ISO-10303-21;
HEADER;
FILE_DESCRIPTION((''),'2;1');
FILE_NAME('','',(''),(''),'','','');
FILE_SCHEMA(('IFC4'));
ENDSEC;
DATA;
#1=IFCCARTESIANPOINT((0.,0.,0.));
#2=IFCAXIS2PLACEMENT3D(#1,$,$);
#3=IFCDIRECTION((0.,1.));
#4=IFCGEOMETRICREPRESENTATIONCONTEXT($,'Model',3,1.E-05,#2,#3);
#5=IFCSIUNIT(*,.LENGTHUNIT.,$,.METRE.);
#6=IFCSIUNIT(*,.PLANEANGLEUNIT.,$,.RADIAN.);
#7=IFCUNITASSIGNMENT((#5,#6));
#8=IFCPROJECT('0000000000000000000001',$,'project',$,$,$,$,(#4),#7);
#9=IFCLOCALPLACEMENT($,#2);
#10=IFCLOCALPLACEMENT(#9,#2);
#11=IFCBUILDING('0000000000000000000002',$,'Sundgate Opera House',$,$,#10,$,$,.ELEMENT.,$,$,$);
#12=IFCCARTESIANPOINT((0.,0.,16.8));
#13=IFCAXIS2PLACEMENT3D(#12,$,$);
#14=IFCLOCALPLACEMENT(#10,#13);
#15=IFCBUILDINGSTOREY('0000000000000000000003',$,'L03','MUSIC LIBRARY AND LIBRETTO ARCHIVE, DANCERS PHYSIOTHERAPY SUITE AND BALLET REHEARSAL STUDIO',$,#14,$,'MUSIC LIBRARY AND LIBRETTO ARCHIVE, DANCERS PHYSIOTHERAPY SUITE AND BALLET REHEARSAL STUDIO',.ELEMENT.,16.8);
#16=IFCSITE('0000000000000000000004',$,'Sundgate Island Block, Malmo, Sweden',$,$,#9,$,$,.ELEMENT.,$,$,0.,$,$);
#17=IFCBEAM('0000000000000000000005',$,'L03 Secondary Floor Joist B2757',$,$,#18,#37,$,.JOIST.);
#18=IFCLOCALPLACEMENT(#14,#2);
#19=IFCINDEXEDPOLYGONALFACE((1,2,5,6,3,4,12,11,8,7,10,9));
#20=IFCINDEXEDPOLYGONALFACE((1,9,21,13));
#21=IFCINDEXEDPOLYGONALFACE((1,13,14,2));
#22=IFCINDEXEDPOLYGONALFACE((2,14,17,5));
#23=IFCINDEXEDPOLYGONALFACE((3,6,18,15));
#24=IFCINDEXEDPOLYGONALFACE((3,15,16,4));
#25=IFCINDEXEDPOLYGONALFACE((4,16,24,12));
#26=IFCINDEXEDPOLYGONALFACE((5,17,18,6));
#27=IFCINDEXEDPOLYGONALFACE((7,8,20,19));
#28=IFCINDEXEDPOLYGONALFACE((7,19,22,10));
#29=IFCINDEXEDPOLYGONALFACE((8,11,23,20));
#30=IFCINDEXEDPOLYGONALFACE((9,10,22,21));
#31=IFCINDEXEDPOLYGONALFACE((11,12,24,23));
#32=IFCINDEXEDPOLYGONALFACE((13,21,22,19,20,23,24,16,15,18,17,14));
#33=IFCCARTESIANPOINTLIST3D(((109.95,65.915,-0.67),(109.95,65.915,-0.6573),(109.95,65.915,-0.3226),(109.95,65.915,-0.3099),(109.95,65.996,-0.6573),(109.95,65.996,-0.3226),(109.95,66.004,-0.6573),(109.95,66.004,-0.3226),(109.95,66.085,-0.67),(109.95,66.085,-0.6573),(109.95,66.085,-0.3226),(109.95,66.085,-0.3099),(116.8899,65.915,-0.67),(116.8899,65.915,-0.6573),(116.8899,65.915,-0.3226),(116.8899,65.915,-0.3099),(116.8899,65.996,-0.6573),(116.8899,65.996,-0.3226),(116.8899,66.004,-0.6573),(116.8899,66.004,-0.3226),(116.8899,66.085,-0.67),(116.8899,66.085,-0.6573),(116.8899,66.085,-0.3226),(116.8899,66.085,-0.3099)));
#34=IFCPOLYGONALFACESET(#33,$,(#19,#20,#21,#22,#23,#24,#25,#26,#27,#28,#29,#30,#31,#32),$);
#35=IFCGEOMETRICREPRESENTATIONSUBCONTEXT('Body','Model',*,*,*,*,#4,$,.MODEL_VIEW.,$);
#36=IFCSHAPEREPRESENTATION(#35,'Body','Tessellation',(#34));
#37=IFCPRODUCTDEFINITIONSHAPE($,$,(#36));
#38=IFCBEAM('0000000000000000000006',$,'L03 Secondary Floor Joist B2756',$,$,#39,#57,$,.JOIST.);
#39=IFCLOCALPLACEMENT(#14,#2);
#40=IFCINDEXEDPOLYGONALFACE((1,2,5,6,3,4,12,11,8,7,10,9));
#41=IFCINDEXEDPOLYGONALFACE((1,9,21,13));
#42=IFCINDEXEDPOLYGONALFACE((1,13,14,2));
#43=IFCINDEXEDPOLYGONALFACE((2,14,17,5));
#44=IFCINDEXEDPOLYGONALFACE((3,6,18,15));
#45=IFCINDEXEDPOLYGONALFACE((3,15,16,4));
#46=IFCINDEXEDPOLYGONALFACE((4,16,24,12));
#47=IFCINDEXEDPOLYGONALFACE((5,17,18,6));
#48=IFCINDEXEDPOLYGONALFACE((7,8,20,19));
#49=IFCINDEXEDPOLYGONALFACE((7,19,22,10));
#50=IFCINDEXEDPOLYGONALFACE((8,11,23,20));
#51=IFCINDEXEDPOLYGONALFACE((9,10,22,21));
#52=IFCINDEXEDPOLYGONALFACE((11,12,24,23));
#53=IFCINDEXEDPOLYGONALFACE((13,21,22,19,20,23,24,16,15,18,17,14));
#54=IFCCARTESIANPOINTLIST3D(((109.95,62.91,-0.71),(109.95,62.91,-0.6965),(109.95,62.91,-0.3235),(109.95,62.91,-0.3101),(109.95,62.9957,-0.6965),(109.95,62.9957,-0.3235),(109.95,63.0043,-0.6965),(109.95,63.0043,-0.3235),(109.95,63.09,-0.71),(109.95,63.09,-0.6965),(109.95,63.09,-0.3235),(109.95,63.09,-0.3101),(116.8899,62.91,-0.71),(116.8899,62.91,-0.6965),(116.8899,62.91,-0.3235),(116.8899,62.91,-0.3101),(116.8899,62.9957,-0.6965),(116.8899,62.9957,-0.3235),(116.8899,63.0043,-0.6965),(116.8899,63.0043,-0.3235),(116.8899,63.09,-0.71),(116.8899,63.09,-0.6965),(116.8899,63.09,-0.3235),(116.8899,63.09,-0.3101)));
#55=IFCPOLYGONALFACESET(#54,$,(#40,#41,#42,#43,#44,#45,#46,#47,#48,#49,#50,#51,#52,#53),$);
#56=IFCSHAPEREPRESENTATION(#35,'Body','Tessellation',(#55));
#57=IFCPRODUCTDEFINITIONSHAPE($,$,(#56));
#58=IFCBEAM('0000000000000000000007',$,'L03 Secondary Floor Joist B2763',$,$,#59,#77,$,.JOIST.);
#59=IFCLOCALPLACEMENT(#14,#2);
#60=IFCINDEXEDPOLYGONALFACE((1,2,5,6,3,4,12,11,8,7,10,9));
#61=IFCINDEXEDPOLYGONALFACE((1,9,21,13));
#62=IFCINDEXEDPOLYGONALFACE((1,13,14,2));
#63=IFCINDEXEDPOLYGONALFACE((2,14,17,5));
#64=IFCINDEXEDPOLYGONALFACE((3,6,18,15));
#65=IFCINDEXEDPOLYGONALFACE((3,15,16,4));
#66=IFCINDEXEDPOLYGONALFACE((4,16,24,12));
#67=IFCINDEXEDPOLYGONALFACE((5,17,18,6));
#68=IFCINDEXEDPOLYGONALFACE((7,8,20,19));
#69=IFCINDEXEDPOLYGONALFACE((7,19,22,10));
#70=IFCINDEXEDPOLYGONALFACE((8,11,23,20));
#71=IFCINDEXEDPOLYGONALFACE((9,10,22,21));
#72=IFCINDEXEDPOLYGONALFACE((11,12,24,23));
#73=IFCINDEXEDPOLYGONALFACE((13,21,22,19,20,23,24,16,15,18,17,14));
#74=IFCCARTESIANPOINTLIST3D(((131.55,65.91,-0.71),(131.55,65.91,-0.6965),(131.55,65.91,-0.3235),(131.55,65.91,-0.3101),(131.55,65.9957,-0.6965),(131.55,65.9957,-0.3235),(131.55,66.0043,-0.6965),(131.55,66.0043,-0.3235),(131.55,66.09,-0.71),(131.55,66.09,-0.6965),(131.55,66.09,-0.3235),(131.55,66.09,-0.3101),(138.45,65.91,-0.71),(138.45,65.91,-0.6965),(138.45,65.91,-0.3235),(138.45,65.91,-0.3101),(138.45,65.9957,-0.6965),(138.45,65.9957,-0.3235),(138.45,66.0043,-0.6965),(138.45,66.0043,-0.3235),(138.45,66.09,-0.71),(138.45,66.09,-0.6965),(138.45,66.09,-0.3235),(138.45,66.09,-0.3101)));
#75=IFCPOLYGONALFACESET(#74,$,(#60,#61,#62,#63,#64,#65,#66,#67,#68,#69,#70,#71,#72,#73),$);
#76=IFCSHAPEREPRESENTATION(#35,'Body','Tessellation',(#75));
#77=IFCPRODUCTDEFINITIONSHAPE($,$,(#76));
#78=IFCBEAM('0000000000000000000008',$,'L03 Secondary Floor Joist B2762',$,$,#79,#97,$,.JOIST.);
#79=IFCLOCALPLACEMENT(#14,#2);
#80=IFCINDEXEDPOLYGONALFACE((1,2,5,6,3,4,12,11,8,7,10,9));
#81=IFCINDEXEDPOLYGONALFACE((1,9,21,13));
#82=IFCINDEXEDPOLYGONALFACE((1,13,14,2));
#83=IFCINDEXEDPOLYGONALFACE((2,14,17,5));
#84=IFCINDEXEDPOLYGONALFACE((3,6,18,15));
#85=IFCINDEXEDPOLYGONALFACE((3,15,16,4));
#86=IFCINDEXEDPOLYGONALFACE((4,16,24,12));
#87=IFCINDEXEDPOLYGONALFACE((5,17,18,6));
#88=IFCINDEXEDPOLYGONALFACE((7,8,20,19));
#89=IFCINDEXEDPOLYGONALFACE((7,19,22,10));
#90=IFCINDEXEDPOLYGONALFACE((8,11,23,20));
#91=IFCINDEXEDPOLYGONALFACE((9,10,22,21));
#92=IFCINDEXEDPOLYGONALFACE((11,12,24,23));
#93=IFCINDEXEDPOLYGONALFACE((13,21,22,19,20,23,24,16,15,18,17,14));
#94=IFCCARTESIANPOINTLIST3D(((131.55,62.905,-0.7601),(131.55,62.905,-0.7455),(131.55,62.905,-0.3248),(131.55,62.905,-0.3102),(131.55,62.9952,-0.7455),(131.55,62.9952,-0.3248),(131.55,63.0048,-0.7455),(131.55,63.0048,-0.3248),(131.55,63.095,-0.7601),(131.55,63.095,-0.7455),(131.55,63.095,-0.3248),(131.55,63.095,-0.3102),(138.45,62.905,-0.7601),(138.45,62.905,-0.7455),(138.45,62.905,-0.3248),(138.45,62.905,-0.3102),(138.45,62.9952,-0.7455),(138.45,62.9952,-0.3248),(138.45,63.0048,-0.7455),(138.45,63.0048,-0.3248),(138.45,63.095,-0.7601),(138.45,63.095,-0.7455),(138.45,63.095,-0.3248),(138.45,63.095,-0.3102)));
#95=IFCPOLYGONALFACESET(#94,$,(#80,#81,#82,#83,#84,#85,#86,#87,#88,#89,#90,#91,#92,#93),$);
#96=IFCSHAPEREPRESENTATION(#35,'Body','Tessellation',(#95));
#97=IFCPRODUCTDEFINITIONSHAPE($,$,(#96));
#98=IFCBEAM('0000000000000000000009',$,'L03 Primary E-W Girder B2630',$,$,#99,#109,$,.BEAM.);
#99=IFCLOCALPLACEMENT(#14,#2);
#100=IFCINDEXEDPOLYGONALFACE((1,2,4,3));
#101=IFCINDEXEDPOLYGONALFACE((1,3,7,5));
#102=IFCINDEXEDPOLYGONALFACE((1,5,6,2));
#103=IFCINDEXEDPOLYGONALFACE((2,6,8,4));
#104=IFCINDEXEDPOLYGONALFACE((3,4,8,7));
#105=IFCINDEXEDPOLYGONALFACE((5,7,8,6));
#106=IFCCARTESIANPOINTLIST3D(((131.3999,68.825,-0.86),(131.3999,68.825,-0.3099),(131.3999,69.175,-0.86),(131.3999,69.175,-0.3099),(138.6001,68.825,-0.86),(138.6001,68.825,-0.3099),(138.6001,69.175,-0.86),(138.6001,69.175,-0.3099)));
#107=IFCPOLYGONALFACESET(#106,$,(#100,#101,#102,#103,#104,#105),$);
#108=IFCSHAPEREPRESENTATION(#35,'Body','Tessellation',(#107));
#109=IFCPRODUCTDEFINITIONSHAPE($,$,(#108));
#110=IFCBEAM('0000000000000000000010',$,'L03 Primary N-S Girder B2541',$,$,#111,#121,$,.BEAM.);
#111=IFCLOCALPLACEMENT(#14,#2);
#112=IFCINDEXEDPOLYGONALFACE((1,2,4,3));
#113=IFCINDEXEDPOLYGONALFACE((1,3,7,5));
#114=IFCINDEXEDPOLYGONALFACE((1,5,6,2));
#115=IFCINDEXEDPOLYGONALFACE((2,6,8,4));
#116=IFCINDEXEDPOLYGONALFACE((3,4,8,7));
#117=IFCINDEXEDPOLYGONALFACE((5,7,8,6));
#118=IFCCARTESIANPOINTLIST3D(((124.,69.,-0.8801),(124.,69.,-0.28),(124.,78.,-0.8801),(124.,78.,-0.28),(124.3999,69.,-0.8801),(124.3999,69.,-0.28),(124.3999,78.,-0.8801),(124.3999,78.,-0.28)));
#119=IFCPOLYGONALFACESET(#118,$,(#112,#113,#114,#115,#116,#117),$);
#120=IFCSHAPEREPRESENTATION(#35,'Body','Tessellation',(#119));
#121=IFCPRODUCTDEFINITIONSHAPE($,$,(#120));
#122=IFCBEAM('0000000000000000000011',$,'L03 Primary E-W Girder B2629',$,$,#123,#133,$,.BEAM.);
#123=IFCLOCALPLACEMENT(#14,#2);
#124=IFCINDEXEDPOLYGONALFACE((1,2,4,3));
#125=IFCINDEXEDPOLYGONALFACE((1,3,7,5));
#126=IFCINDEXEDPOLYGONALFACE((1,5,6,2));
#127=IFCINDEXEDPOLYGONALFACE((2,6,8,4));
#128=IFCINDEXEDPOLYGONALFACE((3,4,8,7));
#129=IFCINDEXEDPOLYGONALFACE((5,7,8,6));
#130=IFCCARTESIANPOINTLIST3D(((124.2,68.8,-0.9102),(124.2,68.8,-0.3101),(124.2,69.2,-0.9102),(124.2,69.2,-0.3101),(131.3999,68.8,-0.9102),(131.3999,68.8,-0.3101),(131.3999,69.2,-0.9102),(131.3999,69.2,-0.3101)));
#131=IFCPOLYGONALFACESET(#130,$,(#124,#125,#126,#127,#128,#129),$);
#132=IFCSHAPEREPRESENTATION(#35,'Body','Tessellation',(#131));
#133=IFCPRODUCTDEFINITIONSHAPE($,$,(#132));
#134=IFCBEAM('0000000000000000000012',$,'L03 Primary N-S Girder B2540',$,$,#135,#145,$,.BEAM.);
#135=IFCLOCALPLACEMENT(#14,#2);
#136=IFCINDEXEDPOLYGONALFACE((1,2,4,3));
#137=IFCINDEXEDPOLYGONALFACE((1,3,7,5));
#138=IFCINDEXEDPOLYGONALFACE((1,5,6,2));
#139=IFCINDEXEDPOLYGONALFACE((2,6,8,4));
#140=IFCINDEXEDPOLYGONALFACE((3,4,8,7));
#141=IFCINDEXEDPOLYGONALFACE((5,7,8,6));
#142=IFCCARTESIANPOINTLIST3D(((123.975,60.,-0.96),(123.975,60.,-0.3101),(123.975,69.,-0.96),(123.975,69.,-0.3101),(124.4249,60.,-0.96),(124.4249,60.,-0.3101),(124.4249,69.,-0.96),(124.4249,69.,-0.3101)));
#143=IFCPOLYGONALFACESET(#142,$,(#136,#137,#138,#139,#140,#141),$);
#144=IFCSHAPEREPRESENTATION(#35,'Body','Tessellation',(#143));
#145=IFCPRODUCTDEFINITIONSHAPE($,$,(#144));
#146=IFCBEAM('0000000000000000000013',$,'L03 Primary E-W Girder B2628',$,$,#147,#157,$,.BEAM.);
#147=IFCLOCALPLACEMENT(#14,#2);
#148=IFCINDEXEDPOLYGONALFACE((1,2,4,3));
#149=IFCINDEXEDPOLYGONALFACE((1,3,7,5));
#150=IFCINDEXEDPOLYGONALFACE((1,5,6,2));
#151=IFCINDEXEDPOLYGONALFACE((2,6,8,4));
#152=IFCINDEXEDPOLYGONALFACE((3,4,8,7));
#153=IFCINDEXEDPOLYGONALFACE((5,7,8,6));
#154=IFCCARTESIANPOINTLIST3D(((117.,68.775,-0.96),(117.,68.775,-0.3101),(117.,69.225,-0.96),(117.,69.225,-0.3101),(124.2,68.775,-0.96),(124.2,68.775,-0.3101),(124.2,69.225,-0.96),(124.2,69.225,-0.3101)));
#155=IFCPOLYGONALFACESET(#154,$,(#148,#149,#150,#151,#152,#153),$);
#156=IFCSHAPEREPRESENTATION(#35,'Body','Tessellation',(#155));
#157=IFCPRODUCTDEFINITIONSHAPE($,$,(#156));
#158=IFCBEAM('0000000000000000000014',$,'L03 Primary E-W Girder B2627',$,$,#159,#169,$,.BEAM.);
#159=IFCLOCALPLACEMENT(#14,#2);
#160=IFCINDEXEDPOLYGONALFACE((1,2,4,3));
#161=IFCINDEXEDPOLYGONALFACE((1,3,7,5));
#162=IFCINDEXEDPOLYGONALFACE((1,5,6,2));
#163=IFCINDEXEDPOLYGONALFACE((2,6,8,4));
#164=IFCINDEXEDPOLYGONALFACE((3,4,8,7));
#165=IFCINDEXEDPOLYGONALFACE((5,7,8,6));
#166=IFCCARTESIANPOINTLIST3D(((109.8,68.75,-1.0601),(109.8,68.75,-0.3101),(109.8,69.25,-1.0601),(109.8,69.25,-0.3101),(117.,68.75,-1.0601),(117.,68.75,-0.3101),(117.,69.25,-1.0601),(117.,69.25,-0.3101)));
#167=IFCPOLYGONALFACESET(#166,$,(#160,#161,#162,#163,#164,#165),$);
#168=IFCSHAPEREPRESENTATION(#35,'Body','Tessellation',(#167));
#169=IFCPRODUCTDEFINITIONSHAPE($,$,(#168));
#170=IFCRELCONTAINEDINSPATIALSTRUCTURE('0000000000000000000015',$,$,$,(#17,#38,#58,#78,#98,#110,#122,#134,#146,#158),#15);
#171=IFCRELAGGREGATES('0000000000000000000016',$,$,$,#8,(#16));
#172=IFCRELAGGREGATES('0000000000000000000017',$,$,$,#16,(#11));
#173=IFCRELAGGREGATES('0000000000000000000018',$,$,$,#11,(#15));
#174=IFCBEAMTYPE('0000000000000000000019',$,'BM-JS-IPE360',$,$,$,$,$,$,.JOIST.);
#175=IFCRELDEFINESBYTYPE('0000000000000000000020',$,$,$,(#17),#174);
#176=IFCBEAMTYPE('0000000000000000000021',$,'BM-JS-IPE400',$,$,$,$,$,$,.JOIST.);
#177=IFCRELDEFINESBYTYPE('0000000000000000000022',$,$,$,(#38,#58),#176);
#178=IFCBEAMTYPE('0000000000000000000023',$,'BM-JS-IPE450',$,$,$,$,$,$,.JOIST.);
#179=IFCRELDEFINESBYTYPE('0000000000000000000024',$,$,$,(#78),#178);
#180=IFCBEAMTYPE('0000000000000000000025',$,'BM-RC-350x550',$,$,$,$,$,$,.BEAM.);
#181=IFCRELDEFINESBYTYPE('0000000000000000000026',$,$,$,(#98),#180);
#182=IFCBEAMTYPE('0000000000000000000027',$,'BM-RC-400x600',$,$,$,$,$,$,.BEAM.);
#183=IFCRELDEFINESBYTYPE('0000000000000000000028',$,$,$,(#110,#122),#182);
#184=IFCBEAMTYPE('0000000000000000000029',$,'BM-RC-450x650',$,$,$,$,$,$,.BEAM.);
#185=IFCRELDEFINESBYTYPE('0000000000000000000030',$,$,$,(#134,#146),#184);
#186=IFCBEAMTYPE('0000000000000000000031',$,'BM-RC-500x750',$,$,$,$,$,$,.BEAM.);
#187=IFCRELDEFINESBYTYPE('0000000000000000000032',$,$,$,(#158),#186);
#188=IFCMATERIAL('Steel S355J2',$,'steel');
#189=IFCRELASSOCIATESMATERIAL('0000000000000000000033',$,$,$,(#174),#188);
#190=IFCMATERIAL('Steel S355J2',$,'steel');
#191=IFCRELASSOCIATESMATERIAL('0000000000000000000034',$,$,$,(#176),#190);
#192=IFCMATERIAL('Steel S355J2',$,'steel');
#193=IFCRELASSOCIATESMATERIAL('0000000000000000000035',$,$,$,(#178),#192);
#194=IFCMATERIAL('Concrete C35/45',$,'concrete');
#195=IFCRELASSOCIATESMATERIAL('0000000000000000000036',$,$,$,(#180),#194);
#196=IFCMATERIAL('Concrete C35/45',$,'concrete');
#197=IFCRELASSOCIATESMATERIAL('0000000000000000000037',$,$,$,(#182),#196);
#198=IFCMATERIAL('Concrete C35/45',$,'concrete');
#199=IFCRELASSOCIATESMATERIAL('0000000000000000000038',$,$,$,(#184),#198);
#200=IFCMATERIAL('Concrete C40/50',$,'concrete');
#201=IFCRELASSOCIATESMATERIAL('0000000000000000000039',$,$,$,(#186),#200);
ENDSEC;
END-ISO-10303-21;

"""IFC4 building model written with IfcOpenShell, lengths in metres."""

from ifc_helpers import new_model, si_unit, direction, frame, origin, origin_2d, place, context, subcontext, project, spatial, rectangle, i_section, extrude, material, material_profile, profile_set, type_object, element, save


model = new_model("IFC4")

# Units and contexts
model_context = context("Model", 3, precision=1e-05, world=origin(), true_north=direction((0.0, 1.0)))
body_context = subcontext(model_context, "Body", "Model", "MODEL_VIEW")
ifc_project = project(units=[si_unit("LENGTHUNIT", "METRE"), si_unit("PLANEANGLEUNIT", "RADIAN")], contexts=[model_context])

# Site, building, storey
site_placement = place(None, origin())
site = spatial("IfcSite", under=ifc_project, at=site_placement, Name="Sundgate Island Block, Malmo, Sweden", CompositionType="ELEMENT", RefElevation=0.0)
building_placement = place(site_placement, origin())
building = spatial("IfcBuilding", under=site, at=building_placement, Name="Sundgate Opera House", CompositionType="ELEMENT")
storey_placement = place(building_placement, frame((0.0, 0.0, 16.8)))
storey = spatial("IfcBuildingStorey", under=building, at=storey_placement, Name="L03", Description="MUSIC LIBRARY AND LIBRETTO ARCHIVE, DANCERS PHYSIOTHERAPY SUITE AND BALLET REHEARSAL STUDIO", LongName="MUSIC LIBRARY AND LIBRETTO ARCHIVE, DANCERS PHYSIOTHERAPY SUITE AND BALLET REHEARSAL STUDIO", CompositionType="ELEMENT", Elevation=16.8)

# Beams
ifc_material_1 = material(Name="Steel S355J2", Category="steel")
ifc_material_profile_1 = material_profile(ifc_material_1, i_section(OverallWidth=0.1699, OverallDepth=0.3601, WebThickness=0.0081, FlangeThickness=0.0127, at=origin_2d()), Name="IPE 360")
ifc_profile_set_1 = profile_set([ifc_material_profile_1], Name="Steel S355J2")
beam_type_1 = type_object("IfcBeamType", Name="BM-JS-IPE360", PredefinedType="JOIST", material=ifc_profile_set_1)
beam_1_placement = place(storey_placement, frame((109.95, 66.0, -0.49), z_axis=(1.0, 0.0, 0.0), x_axis=(0.0, 1.0, 0.0)))
element("IfcBeam", 1, at=beam_1_placement, inside=storey, type_object=beam_type_1, Name="L03 Secondary Floor Joist B2757", PredefinedType="JOIST", context=body_context, shape_type="SweptSolid", body=[
    extrude(i_section(OverallWidth=0.1699, OverallDepth=0.3601, WebThickness=0.0081, FlangeThickness=0.0127, at=origin_2d()), origin(), (0.0, 0.0, 1.0), 6.9399),
])
ifc_material_2 = material(Name="Steel S355J2", Category="steel")
ifc_material_profile_2 = material_profile(ifc_material_2, i_section(OverallWidth=0.1799, OverallDepth=0.3999, WebThickness=0.0085, FlangeThickness=0.0134, at=origin_2d()), Name="IPE 400")
ifc_profile_set_2 = profile_set([ifc_material_profile_2], Name="Steel S355J2")
beam_type_2 = type_object("IfcBeamType", Name="BM-JS-IPE400", PredefinedType="JOIST", material=ifc_profile_set_2)
beam_2_placement = place(storey_placement, frame((109.95, 63.0, -0.51), z_axis=(1.0, 0.0, 0.0), x_axis=(0.0, 1.0, 0.0)))
element("IfcBeam", 2, at=beam_2_placement, inside=storey, type_object=beam_type_2, Name="L03 Secondary Floor Joist B2756", PredefinedType="JOIST", context=body_context, shape_type="SweptSolid", body=[
    extrude(i_section(OverallWidth=0.1799, OverallDepth=0.3999, WebThickness=0.0085, FlangeThickness=0.0134, at=origin_2d()), origin(), (0.0, 0.0, 1.0), 6.9399),
])
beam_3_placement = place(storey_placement, frame((131.55, 66.0, -0.51), z_axis=(1.0, 0.0, 0.0), x_axis=(0.0, 1.0, 0.0)))
element("IfcBeam", 3, at=beam_3_placement, inside=storey, type_object=beam_type_2, Name="L03 Secondary Floor Joist B2763", PredefinedType="JOIST", context=body_context, shape_type="SweptSolid", body=[
    extrude(i_section(OverallWidth=0.1799, OverallDepth=0.3999, WebThickness=0.0085, FlangeThickness=0.0134, at=origin_2d()), origin(), (0.0, 0.0, 1.0), 6.8999),
])
ifc_material_3 = material(Name="Steel S355J2", Category="steel")
ifc_material_profile_3 = material_profile(ifc_material_3, i_section(OverallWidth=0.1899, OverallDepth=0.45, WebThickness=0.0095, FlangeThickness=0.0146, at=origin_2d()), Name="IPE 450")
ifc_profile_set_3 = profile_set([ifc_material_profile_3], Name="Steel S355J2")
beam_type_3 = type_object("IfcBeamType", Name="BM-JS-IPE450", PredefinedType="JOIST", material=ifc_profile_set_3)
beam_4_placement = place(storey_placement, frame((131.55, 63.0, -0.5352), z_axis=(1.0, 0.0, 0.0), x_axis=(0.0, 1.0, 0.0)))
element("IfcBeam", 4, at=beam_4_placement, inside=storey, type_object=beam_type_3, Name="L03 Secondary Floor Joist B2762", PredefinedType="JOIST", context=body_context, shape_type="SweptSolid", body=[
    extrude(i_section(OverallWidth=0.1899, OverallDepth=0.45, WebThickness=0.0095, FlangeThickness=0.0146, at=origin_2d()), origin(), (0.0, 0.0, 1.0), 6.8999),
])
ifc_material_4 = material(Name="Concrete C35/45", Category="concrete")
ifc_material_profile_4 = material_profile(ifc_material_4, rectangle(XDim=0.3501, YDim=0.55, at=origin_2d()), Name="RC 350x550")
ifc_profile_set_4 = profile_set([ifc_material_profile_4], Name="Concrete C35/45")
beam_type_4 = type_object("IfcBeamType", Name="BM-RC-350x550", PredefinedType="BEAM", material=ifc_profile_set_4)
beam_5_placement = place(storey_placement, frame((131.3999, 69.0, -0.585), z_axis=(1.0, 0.0, 0.0), x_axis=(0.0, 1.0, 0.0)))
element("IfcBeam", 5, at=beam_5_placement, inside=storey, type_object=beam_type_4, Name="L03 Primary E-W Girder B2630", PredefinedType="BEAM", context=body_context, shape_type="SweptSolid", body=[
    extrude(rectangle(XDim=0.3501, YDim=0.55, at=origin_2d()), origin(), (0.0, 0.0, 1.0), 7.2002),
])
ifc_material_5 = material(Name="Concrete C35/45", Category="concrete")
ifc_material_profile_5 = material_profile(ifc_material_5, rectangle(XDim=0.3999, YDim=0.6001, at=origin_2d()), Name="RC 400x600")
ifc_profile_set_5 = profile_set([ifc_material_profile_5], Name="Concrete C35/45")
beam_type_5 = type_object("IfcBeamType", Name="BM-RC-400x600", PredefinedType="BEAM", material=ifc_profile_set_5)
beam_6_placement = place(storey_placement, frame((124.2, 69.0, -0.5801), z_axis=(0.0, 1.0, 0.0), x_axis=(-1.0, 0.0, 0.0)))
element("IfcBeam", 6, at=beam_6_placement, inside=storey, type_object=beam_type_5, Name="L03 Primary N-S Girder B2541", PredefinedType="BEAM", context=body_context, shape_type="SweptSolid", body=[
    extrude(rectangle(XDim=0.3999, YDim=0.6001, at=origin_2d()), origin(), (0.0, 0.0, 1.0), 9.0),
])
beam_7_placement = place(storey_placement, frame((124.2, 69.0, -0.6101), z_axis=(1.0, 0.0, 0.0), x_axis=(0.0, 1.0, 0.0)))
element("IfcBeam", 7, at=beam_7_placement, inside=storey, type_object=beam_type_5, Name="L03 Primary E-W Girder B2629", PredefinedType="BEAM", context=body_context, shape_type="SweptSolid", body=[
    extrude(rectangle(XDim=0.3999, YDim=0.6001, at=origin_2d()), origin(), (0.0, 0.0, 1.0), 7.2),
])
ifc_material_6 = material(Name="Concrete C35/45", Category="concrete")
ifc_material_profile_6 = material_profile(ifc_material_6, rectangle(XDim=0.45, YDim=0.6499, at=origin_2d()), Name="RC 450x650")
ifc_profile_set_6 = profile_set([ifc_material_profile_6], Name="Concrete C35/45")
beam_type_6 = type_object("IfcBeamType", Name="BM-RC-450x650", PredefinedType="BEAM", material=ifc_profile_set_6)
beam_8_placement = place(storey_placement, frame((124.2, 60.0, -0.635), z_axis=(0.0, 1.0, 0.0), x_axis=(-1.0, 0.0, 0.0)))
element("IfcBeam", 8, at=beam_8_placement, inside=storey, type_object=beam_type_6, Name="L03 Primary N-S Girder B2540", PredefinedType="BEAM", context=body_context, shape_type="SweptSolid", body=[
    extrude(rectangle(XDim=0.45, YDim=0.6499, at=origin_2d()), origin(), (0.0, 0.0, 1.0), 9.0),
])
beam_9_placement = place(storey_placement, frame((117.0, 69.0, -0.635), z_axis=(1.0, 0.0, 0.0), x_axis=(0.0, 1.0, 0.0)))
element("IfcBeam", 9, at=beam_9_placement, inside=storey, type_object=beam_type_6, Name="L03 Primary E-W Girder B2628", PredefinedType="BEAM", context=body_context, shape_type="SweptSolid", body=[
    extrude(rectangle(XDim=0.45, YDim=0.6499, at=origin_2d()), origin(), (0.0, 0.0, 1.0), 7.2),
])
ifc_material_7 = material(Name="Concrete C40/50", Category="concrete")
ifc_material_profile_7 = material_profile(ifc_material_7, rectangle(XDim=0.5, YDim=0.75, at=origin_2d()), Name="RC 500x750")
ifc_profile_set_7 = profile_set([ifc_material_profile_7], Name="Concrete C40/50")
beam_type_7 = type_object("IfcBeamType", Name="BM-RC-500x750", PredefinedType="BEAM", material=ifc_profile_set_7)
beam_10_placement = place(storey_placement, frame((109.8, 69.0, -0.6851), z_axis=(1.0, 0.0, 0.0), x_axis=(0.0, 1.0, 0.0)))
element("IfcBeam", 10, at=beam_10_placement, inside=storey, type_object=beam_type_7, Name="L03 Primary E-W Girder B2627", PredefinedType="BEAM", context=body_context, shape_type="SweptSolid", body=[
    extrude(rectangle(XDim=0.5, YDim=0.75, at=origin_2d()), origin(), (0.0, 0.0, 1.0), 7.2),
])

save(model, "model.ifc")
